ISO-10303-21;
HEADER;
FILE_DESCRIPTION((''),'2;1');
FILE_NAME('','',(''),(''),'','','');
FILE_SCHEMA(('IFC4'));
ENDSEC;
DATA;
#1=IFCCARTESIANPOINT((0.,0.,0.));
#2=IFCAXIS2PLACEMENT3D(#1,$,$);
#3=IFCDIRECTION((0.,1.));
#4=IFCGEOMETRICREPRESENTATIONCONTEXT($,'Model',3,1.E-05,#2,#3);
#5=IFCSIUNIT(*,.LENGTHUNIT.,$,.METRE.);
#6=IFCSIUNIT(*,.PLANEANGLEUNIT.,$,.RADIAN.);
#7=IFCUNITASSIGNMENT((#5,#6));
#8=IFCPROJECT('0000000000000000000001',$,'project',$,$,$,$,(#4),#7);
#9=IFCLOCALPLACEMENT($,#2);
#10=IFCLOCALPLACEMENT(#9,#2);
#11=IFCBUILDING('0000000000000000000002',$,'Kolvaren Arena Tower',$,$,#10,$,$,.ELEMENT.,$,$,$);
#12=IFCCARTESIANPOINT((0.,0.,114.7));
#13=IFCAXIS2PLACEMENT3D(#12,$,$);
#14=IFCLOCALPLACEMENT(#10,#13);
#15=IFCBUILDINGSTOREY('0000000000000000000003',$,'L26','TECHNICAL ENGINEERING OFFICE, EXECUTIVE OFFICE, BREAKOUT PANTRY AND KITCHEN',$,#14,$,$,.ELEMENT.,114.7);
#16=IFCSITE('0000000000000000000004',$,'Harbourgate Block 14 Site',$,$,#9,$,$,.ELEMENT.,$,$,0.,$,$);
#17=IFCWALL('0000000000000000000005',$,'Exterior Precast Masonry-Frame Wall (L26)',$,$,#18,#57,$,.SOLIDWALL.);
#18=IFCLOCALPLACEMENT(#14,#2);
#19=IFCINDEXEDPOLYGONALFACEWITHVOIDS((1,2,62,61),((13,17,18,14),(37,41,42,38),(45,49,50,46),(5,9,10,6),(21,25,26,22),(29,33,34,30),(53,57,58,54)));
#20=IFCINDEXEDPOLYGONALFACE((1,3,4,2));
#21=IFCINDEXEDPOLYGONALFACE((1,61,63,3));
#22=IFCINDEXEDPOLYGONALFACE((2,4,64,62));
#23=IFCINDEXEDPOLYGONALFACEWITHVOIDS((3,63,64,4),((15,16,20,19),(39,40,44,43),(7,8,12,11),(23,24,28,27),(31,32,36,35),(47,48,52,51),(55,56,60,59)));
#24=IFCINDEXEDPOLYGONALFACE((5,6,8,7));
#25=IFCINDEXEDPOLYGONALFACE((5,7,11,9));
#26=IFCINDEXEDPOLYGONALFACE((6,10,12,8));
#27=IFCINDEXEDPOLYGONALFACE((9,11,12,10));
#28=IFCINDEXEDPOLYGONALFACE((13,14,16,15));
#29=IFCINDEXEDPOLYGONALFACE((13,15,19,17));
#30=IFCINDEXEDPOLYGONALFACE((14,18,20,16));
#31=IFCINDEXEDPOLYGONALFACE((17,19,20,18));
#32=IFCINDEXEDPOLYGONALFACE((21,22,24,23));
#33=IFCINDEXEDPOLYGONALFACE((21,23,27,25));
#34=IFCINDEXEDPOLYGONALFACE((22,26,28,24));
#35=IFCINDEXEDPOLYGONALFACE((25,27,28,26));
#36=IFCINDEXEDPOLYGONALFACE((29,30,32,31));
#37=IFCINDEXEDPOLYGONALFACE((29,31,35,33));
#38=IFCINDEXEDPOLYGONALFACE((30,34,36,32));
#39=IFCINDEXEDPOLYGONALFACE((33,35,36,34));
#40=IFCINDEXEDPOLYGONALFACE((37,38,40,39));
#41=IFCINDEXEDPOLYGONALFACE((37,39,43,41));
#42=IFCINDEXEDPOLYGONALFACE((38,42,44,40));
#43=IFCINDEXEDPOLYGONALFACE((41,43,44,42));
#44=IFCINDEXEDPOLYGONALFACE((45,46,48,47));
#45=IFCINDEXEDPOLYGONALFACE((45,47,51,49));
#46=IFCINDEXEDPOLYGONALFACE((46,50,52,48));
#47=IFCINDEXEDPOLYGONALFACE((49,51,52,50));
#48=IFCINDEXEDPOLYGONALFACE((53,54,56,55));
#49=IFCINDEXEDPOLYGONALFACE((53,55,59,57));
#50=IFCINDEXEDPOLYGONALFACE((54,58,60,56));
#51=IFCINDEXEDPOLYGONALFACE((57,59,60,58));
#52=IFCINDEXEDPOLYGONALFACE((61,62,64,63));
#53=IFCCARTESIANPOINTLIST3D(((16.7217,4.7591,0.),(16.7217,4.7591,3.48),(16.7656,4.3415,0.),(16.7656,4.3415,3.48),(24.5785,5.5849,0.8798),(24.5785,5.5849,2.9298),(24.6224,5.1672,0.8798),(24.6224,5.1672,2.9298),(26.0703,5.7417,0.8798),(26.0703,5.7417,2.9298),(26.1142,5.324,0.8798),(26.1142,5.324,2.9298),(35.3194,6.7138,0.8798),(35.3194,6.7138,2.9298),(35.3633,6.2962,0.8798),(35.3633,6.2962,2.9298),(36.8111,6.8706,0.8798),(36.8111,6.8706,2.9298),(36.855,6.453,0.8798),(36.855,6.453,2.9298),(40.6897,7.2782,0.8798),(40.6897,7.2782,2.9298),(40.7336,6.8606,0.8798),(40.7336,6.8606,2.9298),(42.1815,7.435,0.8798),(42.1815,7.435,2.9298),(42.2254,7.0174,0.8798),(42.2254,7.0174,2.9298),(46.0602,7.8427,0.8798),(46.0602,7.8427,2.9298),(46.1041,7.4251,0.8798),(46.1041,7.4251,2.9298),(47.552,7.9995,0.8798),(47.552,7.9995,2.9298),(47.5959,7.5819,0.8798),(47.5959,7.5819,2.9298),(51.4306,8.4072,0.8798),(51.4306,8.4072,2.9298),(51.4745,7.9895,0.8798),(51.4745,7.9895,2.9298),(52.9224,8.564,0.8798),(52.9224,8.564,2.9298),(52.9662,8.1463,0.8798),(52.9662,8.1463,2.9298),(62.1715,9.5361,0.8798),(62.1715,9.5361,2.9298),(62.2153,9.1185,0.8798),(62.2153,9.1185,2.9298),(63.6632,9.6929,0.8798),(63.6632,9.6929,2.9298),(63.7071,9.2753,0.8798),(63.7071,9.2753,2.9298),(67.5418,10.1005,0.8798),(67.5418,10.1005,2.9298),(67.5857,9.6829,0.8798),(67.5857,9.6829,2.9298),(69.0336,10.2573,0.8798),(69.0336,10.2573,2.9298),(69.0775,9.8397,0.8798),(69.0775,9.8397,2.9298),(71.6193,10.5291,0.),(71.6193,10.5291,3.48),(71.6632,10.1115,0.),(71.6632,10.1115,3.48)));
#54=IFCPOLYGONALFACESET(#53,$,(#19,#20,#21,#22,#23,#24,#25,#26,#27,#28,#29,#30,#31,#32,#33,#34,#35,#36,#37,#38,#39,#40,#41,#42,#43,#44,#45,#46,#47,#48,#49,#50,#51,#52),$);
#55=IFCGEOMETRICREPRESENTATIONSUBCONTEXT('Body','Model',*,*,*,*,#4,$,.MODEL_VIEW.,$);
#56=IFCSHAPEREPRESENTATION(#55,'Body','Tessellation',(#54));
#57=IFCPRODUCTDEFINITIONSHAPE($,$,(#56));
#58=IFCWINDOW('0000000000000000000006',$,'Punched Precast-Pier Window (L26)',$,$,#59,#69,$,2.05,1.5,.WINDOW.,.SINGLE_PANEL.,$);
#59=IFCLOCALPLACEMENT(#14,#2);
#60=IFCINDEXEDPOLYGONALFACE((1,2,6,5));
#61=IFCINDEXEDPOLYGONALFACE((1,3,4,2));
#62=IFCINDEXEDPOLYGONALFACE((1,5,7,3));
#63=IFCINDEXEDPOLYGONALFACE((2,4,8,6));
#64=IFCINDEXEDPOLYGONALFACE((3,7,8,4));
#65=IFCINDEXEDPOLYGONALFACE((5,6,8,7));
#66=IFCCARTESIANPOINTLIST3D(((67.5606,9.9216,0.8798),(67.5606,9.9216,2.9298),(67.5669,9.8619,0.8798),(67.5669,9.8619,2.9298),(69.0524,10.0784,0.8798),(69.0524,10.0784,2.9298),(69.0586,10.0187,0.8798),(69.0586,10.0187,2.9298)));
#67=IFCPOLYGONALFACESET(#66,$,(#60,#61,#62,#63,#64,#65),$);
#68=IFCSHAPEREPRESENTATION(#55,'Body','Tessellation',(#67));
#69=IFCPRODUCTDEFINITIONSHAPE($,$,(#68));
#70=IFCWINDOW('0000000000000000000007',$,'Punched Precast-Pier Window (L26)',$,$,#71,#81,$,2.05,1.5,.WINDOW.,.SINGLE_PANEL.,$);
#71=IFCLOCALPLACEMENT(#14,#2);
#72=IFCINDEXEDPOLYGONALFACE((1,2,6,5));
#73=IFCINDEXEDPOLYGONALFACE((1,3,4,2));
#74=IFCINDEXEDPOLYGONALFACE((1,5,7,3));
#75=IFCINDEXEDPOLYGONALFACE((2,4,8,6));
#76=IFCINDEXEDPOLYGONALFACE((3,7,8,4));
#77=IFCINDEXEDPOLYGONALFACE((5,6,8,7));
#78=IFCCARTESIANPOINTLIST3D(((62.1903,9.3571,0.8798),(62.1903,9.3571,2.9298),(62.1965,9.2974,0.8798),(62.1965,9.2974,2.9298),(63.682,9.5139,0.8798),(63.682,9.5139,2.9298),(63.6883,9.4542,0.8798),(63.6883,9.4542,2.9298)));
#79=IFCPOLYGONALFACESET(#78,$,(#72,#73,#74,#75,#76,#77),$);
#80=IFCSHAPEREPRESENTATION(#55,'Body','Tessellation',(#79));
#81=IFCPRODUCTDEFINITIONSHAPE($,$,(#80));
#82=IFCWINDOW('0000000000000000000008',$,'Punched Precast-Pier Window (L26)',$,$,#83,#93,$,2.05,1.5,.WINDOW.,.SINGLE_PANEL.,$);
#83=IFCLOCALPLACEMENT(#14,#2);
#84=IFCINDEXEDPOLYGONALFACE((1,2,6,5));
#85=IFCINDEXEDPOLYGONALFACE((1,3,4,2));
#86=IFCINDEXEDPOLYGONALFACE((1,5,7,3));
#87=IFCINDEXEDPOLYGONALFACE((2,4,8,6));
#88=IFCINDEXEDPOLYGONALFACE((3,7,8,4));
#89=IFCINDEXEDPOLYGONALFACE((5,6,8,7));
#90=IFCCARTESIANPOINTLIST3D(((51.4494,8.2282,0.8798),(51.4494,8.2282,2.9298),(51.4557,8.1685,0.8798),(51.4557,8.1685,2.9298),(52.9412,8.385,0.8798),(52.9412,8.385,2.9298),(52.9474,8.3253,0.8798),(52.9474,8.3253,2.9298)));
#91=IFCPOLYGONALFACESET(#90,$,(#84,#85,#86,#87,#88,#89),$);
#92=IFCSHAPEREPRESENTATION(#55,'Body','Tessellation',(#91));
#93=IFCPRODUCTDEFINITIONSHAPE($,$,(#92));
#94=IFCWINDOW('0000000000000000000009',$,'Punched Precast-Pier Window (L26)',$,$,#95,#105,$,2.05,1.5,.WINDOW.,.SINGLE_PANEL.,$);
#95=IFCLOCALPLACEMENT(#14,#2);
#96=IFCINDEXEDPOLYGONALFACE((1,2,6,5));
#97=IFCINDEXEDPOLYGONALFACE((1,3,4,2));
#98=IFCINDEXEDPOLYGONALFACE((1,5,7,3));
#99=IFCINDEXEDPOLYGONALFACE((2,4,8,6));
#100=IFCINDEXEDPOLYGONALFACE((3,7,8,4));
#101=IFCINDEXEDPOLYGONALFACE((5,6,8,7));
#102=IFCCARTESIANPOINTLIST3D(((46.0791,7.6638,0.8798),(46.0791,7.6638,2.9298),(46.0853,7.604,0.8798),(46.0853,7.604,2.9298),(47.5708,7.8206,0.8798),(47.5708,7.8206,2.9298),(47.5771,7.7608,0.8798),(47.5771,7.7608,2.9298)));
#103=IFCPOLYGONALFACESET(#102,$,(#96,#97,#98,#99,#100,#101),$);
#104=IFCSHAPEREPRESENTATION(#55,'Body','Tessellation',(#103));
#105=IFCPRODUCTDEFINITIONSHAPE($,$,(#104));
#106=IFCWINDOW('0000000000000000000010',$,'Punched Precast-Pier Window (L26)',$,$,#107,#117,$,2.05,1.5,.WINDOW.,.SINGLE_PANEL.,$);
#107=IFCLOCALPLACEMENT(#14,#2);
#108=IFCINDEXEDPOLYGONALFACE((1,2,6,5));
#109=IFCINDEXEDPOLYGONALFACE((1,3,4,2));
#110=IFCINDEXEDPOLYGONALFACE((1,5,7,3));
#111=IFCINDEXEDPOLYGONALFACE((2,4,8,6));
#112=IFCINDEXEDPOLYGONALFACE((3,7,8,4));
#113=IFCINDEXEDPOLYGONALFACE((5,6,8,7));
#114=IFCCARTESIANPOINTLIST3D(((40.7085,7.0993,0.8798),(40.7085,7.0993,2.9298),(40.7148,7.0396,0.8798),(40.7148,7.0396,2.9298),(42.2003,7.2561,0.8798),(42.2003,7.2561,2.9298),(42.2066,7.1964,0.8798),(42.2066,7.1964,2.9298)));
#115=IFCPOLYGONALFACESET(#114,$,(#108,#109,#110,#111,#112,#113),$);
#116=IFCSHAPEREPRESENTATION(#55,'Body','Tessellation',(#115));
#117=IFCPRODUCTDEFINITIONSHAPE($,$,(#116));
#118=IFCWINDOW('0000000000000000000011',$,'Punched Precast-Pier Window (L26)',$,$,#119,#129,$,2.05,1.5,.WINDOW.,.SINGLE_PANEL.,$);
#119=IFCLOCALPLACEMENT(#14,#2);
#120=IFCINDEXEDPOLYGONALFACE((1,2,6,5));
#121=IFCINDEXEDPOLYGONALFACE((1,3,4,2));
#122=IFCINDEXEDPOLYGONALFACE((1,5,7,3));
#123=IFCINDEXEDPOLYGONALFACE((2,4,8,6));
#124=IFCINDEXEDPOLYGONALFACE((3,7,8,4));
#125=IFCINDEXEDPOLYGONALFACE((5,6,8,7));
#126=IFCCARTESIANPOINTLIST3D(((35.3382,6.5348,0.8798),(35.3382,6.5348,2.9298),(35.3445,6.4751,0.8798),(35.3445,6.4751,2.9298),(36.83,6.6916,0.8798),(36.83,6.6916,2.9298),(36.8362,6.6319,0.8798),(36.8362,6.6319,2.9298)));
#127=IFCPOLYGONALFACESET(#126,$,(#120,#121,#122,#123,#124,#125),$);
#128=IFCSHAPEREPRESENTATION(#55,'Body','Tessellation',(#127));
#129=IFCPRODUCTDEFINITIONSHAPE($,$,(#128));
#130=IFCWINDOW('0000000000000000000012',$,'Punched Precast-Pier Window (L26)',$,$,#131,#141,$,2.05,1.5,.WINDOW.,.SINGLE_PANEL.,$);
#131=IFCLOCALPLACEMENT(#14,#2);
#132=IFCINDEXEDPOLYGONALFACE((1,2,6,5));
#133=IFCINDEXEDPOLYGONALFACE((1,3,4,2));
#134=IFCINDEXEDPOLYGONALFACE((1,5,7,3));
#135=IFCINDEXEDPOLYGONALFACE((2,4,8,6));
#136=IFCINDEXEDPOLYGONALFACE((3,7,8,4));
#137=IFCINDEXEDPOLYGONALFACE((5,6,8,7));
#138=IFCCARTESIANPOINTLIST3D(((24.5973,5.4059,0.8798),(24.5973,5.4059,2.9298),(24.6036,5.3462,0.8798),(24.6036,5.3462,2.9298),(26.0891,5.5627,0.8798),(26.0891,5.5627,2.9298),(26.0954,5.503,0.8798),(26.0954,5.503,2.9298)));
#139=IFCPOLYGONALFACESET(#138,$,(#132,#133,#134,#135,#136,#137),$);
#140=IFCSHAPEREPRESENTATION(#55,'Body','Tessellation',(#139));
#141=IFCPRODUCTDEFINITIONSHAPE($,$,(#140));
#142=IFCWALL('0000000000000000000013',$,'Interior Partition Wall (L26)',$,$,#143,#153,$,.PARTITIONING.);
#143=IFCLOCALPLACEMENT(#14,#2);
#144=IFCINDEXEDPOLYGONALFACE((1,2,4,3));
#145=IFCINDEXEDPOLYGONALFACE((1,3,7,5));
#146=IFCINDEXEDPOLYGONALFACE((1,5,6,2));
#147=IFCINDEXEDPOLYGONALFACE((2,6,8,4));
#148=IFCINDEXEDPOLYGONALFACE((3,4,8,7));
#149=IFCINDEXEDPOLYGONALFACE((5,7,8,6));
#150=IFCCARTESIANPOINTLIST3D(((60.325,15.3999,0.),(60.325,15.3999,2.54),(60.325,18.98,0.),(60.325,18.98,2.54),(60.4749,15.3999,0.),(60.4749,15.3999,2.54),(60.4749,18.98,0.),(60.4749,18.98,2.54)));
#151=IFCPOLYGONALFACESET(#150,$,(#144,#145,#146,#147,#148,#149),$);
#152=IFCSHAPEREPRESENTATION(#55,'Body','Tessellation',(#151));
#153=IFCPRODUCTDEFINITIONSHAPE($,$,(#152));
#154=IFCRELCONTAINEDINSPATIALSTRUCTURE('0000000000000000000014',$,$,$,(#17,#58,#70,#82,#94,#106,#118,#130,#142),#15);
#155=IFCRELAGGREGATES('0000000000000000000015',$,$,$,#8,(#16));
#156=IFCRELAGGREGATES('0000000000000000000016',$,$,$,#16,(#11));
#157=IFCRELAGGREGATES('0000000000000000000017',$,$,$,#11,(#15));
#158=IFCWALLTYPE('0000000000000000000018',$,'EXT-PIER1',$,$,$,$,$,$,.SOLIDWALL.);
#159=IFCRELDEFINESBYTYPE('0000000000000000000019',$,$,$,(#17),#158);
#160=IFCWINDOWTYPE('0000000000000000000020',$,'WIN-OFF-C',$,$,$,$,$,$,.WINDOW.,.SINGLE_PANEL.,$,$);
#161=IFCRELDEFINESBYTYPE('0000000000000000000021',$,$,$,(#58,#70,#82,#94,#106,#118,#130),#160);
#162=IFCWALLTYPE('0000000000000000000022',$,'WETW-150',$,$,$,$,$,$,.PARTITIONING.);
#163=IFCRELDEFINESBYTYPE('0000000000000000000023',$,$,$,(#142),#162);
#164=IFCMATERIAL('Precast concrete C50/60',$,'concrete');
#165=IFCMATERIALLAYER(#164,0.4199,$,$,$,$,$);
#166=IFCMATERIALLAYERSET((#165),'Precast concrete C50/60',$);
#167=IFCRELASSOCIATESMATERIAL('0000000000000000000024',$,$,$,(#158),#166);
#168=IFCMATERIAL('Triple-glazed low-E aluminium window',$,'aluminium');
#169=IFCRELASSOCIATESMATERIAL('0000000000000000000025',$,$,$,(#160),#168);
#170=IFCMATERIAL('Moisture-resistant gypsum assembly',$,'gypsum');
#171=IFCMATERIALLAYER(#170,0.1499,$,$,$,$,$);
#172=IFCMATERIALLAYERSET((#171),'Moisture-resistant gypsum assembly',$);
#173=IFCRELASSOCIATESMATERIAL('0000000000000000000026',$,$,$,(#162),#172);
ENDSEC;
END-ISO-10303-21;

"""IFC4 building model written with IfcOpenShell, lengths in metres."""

from ifc_helpers import new_model, si_unit, direction, frame, frame_2d, origin, place, context, subcontext, project, spatial, rectangle, extrude, material, layer, layer_set, type_object, element, fill, save


model = new_model("IFC4")

# Units and contexts
model_context = context("Model", 3, precision=1e-05, world=origin(), true_north=direction((0.0, 1.0)))
body_context = subcontext(model_context, "Body", "Model", "MODEL_VIEW")
ifc_project = project(units=[si_unit("LENGTHUNIT", "METRE"), si_unit("PLANEANGLEUNIT", "RADIAN")], contexts=[model_context])

# Site, building, storey
site_placement = place(None, origin())
site = spatial("IfcSite", under=ifc_project, at=site_placement, Name="Harbourgate Block 14 Site", CompositionType="ELEMENT", RefElevation=0.0)
building_placement = place(site_placement, origin())
building = spatial("IfcBuilding", under=site, at=building_placement, Name="Kolvaren Arena Tower", CompositionType="ELEMENT")
storey_placement = place(building_placement, frame((0.0, 0.0, 114.7)))
storey = spatial("IfcBuildingStorey", under=building, at=storey_placement, Name="L26", Description="TECHNICAL ENGINEERING OFFICE, EXECUTIVE OFFICE, BREAKOUT PANTRY AND KITCHEN", CompositionType="ELEMENT", Elevation=114.7)

# Shared definitions
ifc_material_1 = material(Name="Precast concrete C50/60", Category="concrete")
ifc_layer_1 = layer(ifc_material_1, 0.4199)
ifc_layer_set_1 = layer_set([ifc_layer_1], Name="Precast concrete C50/60")
wall_type_1 = type_object("IfcWallType", Name="EXT-PIER1", PredefinedType="SOLIDWALL", material=ifc_layer_set_1)

# Wall, openings, windows
wall_1_placement = place(storey_placement, frame((71.6414, 10.3203, 0.0), z_axis=(0.0, 0.0, 1.0), x_axis=(-0.994522, -0.10453, 0.0)))
wall_1 = element("IfcWall", 1, at=wall_1_placement, inside=storey, type_object=wall_type_1, Name="Exterior Precast Masonry-Frame Wall (L26)", PredefinedType="SOLIDWALL", context=body_context, shape_type="SweptSolid", body=[
    extrude(rectangle(XDim=55.2, YDim=0.4199, at=frame_2d((27.6001, 0.0))), origin(), (0.0, 0.0, 1.0), 3.48),
])
opening_1_placement = place(wall_1_placement, frame((2.6001, 0.0, 0.8799)))
opening_1 = element("IfcOpeningElement", 2, at=opening_1_placement, cuts=wall_1, PredefinedType="OPENING", context=body_context, shape_type="SweptSolid", body=[
    extrude(rectangle(XDim=1.5, YDim=2.05, at=frame_2d((0.75, 1.0249))), frame((0.0, 0.22, 0.0), z_axis=(0.0, -1.0, 0.0), x_axis=(1.0, 0.0, 0.0)), (0.0, 0.0, 1.0), 0.4399),
])
opening_2_placement = place(wall_1_placement, frame((8.0, 0.0, 0.8799)))
opening_2 = element("IfcOpeningElement", 3, at=opening_2_placement, cuts=wall_1, PredefinedType="OPENING", context=body_context, shape_type="SweptSolid", body=[
    extrude(rectangle(XDim=1.5, YDim=2.05, at=frame_2d((0.75, 1.0249))), frame((0.0, 0.22, 0.0), z_axis=(0.0, -1.0, 0.0), x_axis=(1.0, 0.0, 0.0)), (0.0, 0.0, 1.0), 0.4399),
])
opening_3_placement = place(wall_1_placement, frame((18.8, 0.0, 0.8799)))
opening_3 = element("IfcOpeningElement", 4, at=opening_3_placement, cuts=wall_1, PredefinedType="OPENING", context=body_context, shape_type="SweptSolid", body=[
    extrude(rectangle(XDim=1.5, YDim=2.05, at=frame_2d((0.75, 1.0249))), frame((0.0, 0.22, 0.0), z_axis=(0.0, -1.0, 0.0), x_axis=(1.0, 0.0, 0.0)), (0.0, 0.0, 1.0), 0.4399),
])
opening_4_placement = place(wall_1_placement, frame((24.2, 0.0, 0.8799)))
opening_4 = element("IfcOpeningElement", 5, at=opening_4_placement, cuts=wall_1, PredefinedType="OPENING", context=body_context, shape_type="SweptSolid", body=[
    extrude(rectangle(XDim=1.5, YDim=2.05, at=frame_2d((0.75, 1.0249))), frame((0.0, 0.22, 0.0), z_axis=(0.0, -1.0, 0.0), x_axis=(1.0, 0.0, 0.0)), (0.0, 0.0, 1.0), 0.4399),
])
opening_5_placement = place(wall_1_placement, frame((29.6001, 0.0, 0.8799)))
opening_5 = element("IfcOpeningElement", 6, at=opening_5_placement, cuts=wall_1, PredefinedType="OPENING", context=body_context, shape_type="SweptSolid", body=[
    extrude(rectangle(XDim=1.5, YDim=2.05, at=frame_2d((0.75, 1.0249))), frame((0.0, 0.22, 0.0), z_axis=(0.0, -1.0, 0.0), x_axis=(1.0, 0.0, 0.0)), (0.0, 0.0, 1.0), 0.4399),
])
opening_6_placement = place(wall_1_placement, frame((35.0, 0.0, 0.8799)))
opening_6 = element("IfcOpeningElement", 7, at=opening_6_placement, cuts=wall_1, PredefinedType="OPENING", context=body_context, shape_type="SweptSolid", body=[
    extrude(rectangle(XDim=1.5, YDim=2.05, at=frame_2d((0.75, 1.0249))), frame((0.0, 0.22, 0.0), z_axis=(0.0, -1.0, 0.0), x_axis=(1.0, 0.0, 0.0)), (0.0, 0.0, 1.0), 0.4399),
])
opening_7_placement = place(wall_1_placement, frame((45.8, 0.0, 0.8799)))
opening_7 = element("IfcOpeningElement", 8, at=opening_7_placement, cuts=wall_1, PredefinedType="OPENING", context=body_context, shape_type="SweptSolid", body=[
    extrude(rectangle(XDim=1.5, YDim=2.05, at=frame_2d((0.75, 1.0249))), frame((0.0, 0.22, 0.0), z_axis=(0.0, -1.0, 0.0), x_axis=(1.0, 0.0, 0.0)), (0.0, 0.0, 1.0), 0.4399),
])
ifc_material_2 = material(Name="Triple-glazed low-E aluminium window", Category="aluminium")
window_type = type_object("IfcWindowType", Name="WIN-OFF-C", PartitioningType="SINGLE_PANEL", PredefinedType="WINDOW", material=ifc_material_2)
window_1_placement = place(opening_1_placement, origin())
window_1 = element("IfcWindow", 9, at=window_1_placement, inside=storey, type_object=window_type, Name="Punched Precast-Pier Window (L26)", OverallHeight=2.05, OverallWidth=1.5, PartitioningType="SINGLE_PANEL", PredefinedType="WINDOW", context=body_context, shape_type="SweptSolid", body=[
    extrude(rectangle(XDim=1.5, YDim=2.05, at=frame_2d((0.75, 1.0249))), frame((0.0, 0.03, 0.0), z_axis=(0.0, -1.0, 0.0), x_axis=(1.0, 0.0, 0.0)), (0.0, 0.0, 1.0), 0.0601),
])
fill(opening_1, window_1)
window_2_placement = place(opening_2_placement, origin())
window_2 = element("IfcWindow", 10, at=window_2_placement, inside=storey, type_object=window_type, Name="Punched Precast-Pier Window (L26)", OverallHeight=2.05, OverallWidth=1.5, PartitioningType="SINGLE_PANEL", PredefinedType="WINDOW", context=body_context, shape_type="SweptSolid", body=[
    extrude(rectangle(XDim=1.5, YDim=2.05, at=frame_2d((0.75, 1.0249))), frame((0.0, 0.03, 0.0), z_axis=(0.0, -1.0, 0.0), x_axis=(1.0, 0.0, 0.0)), (0.0, 0.0, 1.0), 0.0601),
])
fill(opening_2, window_2)
window_3_placement = place(opening_3_placement, origin())
window_3 = element("IfcWindow", 11, at=window_3_placement, inside=storey, type_object=window_type, Name="Punched Precast-Pier Window (L26)", OverallHeight=2.05, OverallWidth=1.5, PartitioningType="SINGLE_PANEL", PredefinedType="WINDOW", context=body_context, shape_type="SweptSolid", body=[
    extrude(rectangle(XDim=1.5, YDim=2.05, at=frame_2d((0.75, 1.0249))), frame((0.0, 0.03, 0.0), z_axis=(0.0, -1.0, 0.0), x_axis=(1.0, 0.0, 0.0)), (0.0, 0.0, 1.0), 0.0601),
])
fill(opening_3, window_3)
window_4_placement = place(opening_4_placement, origin())
window_4 = element("IfcWindow", 12, at=window_4_placement, inside=storey, type_object=window_type, Name="Punched Precast-Pier Window (L26)", OverallHeight=2.05, OverallWidth=1.5, PartitioningType="SINGLE_PANEL", PredefinedType="WINDOW", context=body_context, shape_type="SweptSolid", body=[
    extrude(rectangle(XDim=1.5, YDim=2.05, at=frame_2d((0.75, 1.0249))), frame((0.0, 0.03, 0.0), z_axis=(0.0, -1.0, 0.0), x_axis=(1.0, 0.0, 0.0)), (0.0, 0.0, 1.0), 0.0601),
])
fill(opening_4, window_4)
window_5_placement = place(opening_5_placement, origin())
window_5 = element("IfcWindow", 13, at=window_5_placement, inside=storey, type_object=window_type, Name="Punched Precast-Pier Window (L26)", OverallHeight=2.05, OverallWidth=1.5, PartitioningType="SINGLE_PANEL", PredefinedType="WINDOW", context=body_context, shape_type="SweptSolid", body=[
    extrude(rectangle(XDim=1.5, YDim=2.05, at=frame_2d((0.75, 1.0249))), frame((0.0, 0.03, 0.0), z_axis=(0.0, -1.0, 0.0), x_axis=(1.0, 0.0, 0.0)), (0.0, 0.0, 1.0), 0.0601),
])
fill(opening_5, window_5)
window_6_placement = place(opening_6_placement, origin())
window_6 = element("IfcWindow", 14, at=window_6_placement, inside=storey, type_object=window_type, Name="Punched Precast-Pier Window (L26)", OverallHeight=2.05, OverallWidth=1.5, PartitioningType="SINGLE_PANEL", PredefinedType="WINDOW", context=body_context, shape_type="SweptSolid", body=[
    extrude(rectangle(XDim=1.5, YDim=2.05, at=frame_2d((0.75, 1.0249))), frame((0.0, 0.03, 0.0), z_axis=(0.0, -1.0, 0.0), x_axis=(1.0, 0.0, 0.0)), (0.0, 0.0, 1.0), 0.0601),
])
fill(opening_6, window_6)
window_7_placement = place(opening_7_placement, origin())
window_7 = element("IfcWindow", 15, at=window_7_placement, inside=storey, type_object=window_type, Name="Punched Precast-Pier Window (L26)", OverallHeight=2.05, OverallWidth=1.5, PartitioningType="SINGLE_PANEL", PredefinedType="WINDOW", context=body_context, shape_type="SweptSolid", body=[
    extrude(rectangle(XDim=1.5, YDim=2.05, at=frame_2d((0.75, 1.0249))), frame((0.0, 0.03, 0.0), z_axis=(0.0, -1.0, 0.0), x_axis=(1.0, 0.0, 0.0)), (0.0, 0.0, 1.0), 0.0601),
])
fill(opening_7, window_7)

# Wall
ifc_material_3 = material(Name="Moisture-resistant gypsum assembly", Category="gypsum")
ifc_layer_2 = layer(ifc_material_3, 0.1499)
ifc_layer_set_2 = layer_set([ifc_layer_2], Name="Moisture-resistant gypsum assembly")
wall_type_2 = type_object("IfcWallType", Name="WETW-150", PredefinedType="PARTITIONING", material=ifc_layer_set_2)
wall_2_placement = place(storey_placement, frame((60.3999, 15.3999, 0.0), z_axis=(0.0, 0.0, 1.0), x_axis=(0.0, 1.0, 0.0)))
element("IfcWall", 16, at=wall_2_placement, inside=storey, type_object=wall_type_2, Name="Interior Partition Wall (L26)", PredefinedType="PARTITIONING", context=body_context, shape_type="SweptSolid", body=[
    extrude(rectangle(XDim=3.5801, YDim=0.1499, at=frame_2d((1.79, 0.0))), origin(), (0.0, 0.0, 1.0), 2.54),
])

save(model, "model.ifc")
